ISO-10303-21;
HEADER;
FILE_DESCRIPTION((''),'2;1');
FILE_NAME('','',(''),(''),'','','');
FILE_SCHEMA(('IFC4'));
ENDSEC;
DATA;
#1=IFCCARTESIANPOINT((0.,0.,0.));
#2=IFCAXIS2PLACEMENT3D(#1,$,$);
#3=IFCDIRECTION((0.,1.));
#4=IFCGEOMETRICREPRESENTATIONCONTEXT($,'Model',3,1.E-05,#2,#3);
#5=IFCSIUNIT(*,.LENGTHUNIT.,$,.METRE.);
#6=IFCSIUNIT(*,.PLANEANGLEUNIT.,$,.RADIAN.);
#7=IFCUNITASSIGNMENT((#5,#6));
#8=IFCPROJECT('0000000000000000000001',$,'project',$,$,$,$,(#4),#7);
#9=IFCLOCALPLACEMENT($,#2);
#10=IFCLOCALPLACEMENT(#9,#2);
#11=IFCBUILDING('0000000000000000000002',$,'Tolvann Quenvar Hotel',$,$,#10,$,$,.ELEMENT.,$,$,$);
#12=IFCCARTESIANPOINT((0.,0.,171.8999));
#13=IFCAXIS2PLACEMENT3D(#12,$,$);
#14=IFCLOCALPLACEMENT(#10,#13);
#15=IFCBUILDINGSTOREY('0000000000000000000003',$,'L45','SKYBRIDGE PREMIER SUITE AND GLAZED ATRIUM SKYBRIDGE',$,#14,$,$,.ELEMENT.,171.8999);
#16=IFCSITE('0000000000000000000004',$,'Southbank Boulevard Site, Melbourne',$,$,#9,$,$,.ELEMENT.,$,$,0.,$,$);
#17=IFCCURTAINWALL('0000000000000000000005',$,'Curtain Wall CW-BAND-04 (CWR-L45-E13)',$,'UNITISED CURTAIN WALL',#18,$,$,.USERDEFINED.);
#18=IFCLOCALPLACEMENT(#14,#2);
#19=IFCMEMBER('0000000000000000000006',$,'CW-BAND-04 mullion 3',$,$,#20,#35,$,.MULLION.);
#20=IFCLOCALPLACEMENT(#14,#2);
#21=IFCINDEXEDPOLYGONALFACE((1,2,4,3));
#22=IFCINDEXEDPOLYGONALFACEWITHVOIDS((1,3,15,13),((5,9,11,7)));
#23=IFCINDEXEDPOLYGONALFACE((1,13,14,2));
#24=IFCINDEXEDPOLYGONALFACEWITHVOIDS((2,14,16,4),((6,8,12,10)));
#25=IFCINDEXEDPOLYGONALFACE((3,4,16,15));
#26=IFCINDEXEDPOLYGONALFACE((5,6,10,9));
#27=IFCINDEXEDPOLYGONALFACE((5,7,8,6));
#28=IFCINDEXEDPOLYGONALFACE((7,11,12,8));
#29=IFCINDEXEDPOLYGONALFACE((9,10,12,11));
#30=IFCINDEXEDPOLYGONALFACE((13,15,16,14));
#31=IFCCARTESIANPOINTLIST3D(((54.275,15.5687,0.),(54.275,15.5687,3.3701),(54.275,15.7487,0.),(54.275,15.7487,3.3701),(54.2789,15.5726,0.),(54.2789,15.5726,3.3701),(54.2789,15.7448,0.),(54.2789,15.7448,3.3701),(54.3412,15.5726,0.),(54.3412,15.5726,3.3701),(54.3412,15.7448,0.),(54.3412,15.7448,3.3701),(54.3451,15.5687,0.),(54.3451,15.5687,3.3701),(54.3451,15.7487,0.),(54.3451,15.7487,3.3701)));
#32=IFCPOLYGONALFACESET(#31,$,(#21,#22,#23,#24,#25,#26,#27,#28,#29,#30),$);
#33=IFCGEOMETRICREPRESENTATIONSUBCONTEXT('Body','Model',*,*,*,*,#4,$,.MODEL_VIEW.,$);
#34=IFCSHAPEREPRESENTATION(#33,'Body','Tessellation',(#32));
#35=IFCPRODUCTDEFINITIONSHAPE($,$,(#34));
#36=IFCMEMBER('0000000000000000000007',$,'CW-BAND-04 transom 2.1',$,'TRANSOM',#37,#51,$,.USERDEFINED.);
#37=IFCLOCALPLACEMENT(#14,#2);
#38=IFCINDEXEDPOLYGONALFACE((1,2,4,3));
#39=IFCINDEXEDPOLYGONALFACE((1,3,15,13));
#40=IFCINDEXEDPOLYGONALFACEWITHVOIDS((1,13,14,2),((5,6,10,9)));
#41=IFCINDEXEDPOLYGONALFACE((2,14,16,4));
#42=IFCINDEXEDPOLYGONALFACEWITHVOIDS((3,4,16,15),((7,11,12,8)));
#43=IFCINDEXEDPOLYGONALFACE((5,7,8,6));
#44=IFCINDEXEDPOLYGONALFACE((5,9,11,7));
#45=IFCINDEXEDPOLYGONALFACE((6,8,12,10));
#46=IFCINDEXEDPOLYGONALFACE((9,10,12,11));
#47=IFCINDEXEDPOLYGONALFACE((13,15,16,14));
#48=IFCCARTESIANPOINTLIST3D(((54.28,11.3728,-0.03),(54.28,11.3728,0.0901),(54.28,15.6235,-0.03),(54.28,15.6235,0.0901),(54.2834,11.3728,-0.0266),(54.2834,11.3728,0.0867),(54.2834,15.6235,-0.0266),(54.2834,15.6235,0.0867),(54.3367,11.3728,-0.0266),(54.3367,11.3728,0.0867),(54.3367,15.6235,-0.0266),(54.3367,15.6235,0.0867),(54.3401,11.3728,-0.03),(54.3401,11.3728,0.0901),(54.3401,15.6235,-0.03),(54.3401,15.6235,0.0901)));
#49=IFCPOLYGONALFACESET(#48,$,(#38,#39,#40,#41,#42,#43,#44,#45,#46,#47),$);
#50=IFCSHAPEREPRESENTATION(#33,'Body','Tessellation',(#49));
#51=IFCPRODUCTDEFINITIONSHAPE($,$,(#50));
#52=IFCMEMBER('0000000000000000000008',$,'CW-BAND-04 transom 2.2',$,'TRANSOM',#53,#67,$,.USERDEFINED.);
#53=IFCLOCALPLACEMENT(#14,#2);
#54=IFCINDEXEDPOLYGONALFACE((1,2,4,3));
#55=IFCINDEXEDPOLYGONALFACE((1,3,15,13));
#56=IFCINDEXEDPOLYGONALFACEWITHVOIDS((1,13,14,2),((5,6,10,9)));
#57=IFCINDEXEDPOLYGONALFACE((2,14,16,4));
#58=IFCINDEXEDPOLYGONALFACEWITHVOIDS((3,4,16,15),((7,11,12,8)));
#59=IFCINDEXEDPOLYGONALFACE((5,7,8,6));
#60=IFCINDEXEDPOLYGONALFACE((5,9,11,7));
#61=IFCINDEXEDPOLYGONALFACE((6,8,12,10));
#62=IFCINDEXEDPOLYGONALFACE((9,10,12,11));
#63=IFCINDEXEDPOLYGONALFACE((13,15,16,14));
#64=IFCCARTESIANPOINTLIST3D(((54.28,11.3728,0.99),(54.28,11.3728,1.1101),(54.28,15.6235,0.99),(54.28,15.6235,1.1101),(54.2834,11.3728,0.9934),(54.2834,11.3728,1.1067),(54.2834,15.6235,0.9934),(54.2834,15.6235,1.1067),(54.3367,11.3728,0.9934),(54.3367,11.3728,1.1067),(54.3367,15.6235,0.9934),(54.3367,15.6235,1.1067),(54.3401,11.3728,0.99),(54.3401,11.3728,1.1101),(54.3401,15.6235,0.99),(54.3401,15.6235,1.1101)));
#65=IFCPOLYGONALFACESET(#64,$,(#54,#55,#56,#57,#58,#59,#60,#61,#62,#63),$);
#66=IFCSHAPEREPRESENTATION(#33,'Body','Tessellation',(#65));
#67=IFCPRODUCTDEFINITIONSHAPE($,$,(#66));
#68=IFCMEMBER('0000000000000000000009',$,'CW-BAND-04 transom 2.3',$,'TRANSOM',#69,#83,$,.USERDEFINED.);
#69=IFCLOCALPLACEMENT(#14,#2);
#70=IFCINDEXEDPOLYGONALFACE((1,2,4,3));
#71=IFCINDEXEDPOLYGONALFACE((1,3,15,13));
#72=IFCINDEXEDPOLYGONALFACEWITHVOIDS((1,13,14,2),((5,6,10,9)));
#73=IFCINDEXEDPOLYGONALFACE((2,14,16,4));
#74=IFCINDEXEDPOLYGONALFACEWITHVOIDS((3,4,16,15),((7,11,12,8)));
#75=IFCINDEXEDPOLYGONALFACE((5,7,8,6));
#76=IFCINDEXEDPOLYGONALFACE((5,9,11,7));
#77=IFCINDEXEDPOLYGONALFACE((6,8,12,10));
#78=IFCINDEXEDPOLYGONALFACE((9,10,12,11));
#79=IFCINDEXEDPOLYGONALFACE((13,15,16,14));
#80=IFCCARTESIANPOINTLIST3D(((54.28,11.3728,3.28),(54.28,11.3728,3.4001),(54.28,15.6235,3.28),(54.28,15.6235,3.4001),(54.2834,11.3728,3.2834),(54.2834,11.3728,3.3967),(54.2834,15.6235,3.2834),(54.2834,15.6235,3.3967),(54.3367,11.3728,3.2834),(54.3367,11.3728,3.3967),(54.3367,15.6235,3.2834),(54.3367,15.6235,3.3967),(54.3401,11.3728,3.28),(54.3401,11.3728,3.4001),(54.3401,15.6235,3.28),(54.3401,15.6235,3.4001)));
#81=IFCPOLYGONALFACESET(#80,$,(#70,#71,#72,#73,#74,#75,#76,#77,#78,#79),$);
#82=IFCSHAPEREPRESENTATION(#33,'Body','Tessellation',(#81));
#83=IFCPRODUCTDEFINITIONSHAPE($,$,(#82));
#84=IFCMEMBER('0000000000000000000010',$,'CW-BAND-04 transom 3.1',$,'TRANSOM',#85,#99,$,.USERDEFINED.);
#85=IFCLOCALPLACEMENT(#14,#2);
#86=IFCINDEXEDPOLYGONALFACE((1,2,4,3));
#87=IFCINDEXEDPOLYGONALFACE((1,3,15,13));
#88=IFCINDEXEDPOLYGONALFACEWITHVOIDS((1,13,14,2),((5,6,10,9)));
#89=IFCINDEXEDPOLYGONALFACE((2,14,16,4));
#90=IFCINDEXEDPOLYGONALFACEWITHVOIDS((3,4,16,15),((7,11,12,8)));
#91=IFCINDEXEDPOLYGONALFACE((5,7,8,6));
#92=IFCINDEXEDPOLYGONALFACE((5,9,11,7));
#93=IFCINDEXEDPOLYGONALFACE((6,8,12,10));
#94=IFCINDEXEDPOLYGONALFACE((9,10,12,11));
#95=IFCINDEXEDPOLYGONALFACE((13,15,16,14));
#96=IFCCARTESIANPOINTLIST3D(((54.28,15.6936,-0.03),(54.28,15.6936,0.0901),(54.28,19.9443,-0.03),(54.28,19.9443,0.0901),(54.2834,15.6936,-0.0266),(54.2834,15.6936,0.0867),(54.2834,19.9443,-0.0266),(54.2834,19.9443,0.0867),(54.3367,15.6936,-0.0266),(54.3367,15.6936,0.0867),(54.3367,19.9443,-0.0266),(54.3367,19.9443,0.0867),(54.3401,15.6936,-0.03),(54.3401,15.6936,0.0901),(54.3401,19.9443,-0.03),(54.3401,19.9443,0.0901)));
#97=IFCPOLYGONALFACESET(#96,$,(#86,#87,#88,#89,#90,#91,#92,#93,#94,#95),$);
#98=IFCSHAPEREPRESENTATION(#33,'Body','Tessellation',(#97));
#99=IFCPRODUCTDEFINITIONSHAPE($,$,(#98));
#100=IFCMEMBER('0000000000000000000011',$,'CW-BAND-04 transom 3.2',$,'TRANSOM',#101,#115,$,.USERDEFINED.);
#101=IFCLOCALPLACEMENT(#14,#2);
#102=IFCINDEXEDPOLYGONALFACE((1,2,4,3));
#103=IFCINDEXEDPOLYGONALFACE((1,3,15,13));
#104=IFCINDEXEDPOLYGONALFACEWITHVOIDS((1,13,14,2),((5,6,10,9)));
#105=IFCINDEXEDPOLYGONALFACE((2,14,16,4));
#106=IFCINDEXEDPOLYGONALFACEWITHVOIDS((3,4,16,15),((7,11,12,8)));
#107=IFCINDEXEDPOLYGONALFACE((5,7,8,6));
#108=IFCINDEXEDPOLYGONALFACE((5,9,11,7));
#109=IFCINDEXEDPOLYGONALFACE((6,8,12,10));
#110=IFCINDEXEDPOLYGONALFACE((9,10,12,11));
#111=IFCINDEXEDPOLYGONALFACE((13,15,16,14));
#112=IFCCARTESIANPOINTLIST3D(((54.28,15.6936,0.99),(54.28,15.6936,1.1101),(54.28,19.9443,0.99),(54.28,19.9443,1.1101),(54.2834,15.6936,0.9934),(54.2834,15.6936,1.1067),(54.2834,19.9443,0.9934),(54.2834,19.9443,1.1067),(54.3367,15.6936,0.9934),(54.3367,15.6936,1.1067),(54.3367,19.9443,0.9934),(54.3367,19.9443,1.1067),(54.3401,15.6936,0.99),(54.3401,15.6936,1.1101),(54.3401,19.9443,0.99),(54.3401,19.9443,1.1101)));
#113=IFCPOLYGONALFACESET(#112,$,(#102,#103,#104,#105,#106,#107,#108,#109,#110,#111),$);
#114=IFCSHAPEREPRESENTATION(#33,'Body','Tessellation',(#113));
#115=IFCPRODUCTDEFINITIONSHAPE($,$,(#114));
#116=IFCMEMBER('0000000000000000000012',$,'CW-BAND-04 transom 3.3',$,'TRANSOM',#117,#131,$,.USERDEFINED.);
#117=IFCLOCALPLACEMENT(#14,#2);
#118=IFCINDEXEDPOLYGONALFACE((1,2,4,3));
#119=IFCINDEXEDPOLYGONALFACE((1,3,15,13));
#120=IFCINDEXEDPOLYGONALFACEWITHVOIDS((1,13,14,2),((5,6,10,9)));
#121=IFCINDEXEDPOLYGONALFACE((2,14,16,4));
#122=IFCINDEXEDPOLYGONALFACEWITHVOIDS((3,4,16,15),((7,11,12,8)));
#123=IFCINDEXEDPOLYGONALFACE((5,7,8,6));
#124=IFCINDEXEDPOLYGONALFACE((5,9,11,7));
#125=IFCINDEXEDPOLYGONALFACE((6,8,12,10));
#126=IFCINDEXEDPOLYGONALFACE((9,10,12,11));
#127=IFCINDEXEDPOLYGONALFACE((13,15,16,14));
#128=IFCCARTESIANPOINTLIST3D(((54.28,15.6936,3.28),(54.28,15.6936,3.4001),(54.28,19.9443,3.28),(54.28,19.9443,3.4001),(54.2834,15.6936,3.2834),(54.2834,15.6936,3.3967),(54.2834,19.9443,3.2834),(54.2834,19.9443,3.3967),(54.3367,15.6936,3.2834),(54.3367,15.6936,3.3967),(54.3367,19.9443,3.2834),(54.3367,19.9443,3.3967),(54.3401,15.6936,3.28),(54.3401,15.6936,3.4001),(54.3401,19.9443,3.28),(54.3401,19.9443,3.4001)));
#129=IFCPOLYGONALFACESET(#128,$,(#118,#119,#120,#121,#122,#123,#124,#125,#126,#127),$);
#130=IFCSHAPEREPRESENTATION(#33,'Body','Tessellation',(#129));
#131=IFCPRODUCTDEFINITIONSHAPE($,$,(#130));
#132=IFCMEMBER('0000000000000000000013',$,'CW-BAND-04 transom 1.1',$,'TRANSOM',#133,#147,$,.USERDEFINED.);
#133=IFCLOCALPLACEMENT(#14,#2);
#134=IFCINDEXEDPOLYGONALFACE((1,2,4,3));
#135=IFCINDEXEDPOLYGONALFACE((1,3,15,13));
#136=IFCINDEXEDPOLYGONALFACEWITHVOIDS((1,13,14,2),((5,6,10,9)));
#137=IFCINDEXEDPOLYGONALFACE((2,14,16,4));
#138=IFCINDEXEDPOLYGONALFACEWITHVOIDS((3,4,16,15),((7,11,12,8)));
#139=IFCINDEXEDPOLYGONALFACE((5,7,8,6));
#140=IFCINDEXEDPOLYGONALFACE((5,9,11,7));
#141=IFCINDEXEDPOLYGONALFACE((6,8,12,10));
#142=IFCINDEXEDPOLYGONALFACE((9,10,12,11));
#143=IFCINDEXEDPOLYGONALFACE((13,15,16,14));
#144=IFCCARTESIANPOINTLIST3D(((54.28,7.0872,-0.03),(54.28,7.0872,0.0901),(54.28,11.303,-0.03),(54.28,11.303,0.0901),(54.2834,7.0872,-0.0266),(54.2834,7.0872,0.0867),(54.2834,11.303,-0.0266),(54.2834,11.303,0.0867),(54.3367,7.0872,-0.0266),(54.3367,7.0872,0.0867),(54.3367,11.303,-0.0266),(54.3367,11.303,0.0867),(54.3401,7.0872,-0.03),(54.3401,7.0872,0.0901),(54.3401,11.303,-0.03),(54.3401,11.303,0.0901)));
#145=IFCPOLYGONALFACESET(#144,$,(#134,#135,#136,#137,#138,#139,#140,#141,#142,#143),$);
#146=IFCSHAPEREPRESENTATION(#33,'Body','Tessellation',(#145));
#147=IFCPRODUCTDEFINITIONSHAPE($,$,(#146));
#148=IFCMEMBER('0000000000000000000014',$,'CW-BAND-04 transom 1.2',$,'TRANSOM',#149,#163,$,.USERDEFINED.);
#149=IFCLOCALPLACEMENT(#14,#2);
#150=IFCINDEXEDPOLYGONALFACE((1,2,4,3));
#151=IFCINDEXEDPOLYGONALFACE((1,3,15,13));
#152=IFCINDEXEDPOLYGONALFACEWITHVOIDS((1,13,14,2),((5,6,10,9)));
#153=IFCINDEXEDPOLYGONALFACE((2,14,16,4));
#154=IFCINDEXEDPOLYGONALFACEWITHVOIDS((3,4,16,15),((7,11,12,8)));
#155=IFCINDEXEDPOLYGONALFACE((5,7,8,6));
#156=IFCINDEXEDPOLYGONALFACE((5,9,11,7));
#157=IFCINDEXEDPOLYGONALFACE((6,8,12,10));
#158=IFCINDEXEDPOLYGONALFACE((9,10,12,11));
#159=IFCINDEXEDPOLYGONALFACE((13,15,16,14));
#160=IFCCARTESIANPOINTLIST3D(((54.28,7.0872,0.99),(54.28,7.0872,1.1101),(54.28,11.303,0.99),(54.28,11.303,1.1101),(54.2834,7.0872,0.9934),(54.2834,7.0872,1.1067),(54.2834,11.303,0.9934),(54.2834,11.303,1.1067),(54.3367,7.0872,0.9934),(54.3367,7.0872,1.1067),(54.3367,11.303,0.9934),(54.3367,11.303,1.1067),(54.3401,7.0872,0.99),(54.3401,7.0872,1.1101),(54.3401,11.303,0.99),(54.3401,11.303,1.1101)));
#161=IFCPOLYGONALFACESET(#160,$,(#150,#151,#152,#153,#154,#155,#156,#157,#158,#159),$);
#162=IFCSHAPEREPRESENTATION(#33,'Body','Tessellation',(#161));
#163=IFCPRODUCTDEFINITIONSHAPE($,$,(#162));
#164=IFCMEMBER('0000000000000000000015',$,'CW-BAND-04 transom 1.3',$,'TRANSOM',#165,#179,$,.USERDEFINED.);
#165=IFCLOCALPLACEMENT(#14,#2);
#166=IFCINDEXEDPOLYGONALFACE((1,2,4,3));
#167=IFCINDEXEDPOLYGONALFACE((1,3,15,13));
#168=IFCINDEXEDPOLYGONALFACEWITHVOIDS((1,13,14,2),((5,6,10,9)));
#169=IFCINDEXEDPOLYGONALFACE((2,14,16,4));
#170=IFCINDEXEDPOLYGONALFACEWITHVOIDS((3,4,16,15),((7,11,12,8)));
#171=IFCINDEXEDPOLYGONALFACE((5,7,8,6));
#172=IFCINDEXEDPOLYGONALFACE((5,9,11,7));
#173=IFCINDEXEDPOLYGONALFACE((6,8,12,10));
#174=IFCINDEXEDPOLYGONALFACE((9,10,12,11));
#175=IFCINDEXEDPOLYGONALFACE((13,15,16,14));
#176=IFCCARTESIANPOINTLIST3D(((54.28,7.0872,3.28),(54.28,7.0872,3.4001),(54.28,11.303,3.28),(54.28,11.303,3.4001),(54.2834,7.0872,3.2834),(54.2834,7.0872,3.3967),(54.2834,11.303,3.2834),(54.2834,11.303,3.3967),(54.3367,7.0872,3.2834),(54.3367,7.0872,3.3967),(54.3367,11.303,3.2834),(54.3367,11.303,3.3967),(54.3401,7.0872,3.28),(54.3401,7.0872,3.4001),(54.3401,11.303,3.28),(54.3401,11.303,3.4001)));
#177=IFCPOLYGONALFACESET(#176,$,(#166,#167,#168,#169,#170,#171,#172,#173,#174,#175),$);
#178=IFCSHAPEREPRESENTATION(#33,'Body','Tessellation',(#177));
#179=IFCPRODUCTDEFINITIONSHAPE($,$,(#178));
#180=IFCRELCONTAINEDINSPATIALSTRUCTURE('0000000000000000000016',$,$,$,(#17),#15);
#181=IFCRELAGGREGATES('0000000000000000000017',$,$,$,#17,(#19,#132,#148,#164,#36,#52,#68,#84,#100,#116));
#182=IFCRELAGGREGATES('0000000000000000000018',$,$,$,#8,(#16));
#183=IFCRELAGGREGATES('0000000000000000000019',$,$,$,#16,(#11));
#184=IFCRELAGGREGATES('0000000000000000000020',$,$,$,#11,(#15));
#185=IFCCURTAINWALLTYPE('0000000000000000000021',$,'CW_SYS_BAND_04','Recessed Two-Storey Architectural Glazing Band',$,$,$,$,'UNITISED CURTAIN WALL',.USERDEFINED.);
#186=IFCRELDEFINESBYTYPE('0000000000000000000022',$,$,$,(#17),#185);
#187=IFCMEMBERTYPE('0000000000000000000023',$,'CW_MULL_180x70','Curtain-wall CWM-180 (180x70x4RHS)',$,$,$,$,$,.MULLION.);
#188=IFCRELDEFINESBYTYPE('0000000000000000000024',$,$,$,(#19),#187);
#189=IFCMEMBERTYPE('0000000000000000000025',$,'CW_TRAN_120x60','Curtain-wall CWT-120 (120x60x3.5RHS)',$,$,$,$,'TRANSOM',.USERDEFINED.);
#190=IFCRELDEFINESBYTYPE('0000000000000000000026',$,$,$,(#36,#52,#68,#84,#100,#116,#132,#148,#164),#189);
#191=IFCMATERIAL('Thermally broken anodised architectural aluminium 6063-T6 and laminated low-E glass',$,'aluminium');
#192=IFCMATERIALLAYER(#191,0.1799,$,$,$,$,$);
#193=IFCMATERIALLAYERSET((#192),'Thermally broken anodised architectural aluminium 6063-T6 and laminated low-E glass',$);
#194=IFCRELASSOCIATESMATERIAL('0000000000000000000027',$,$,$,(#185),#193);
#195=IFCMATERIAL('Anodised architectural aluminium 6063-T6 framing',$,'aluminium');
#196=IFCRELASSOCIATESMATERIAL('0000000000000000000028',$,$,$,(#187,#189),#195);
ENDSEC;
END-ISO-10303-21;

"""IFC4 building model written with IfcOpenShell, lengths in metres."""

from ifc_helpers import new_model, si_unit, direction, frame, origin, origin_2d, place, context, subcontext, project, spatial, hollow_rectangle, extrude, source, transform, mapped, material, layer, layer_set, material_profile, profile_set, type_object, type_shapes, element, aggregate, save


model = new_model("IFC4")

# Units and contexts
model_context = context("Model", 3, precision=1e-05, world=origin(), true_north=direction((0.0, 1.0)))
body_context = subcontext(model_context, "Body", "Model", "MODEL_VIEW")
ifc_project = project(units=[si_unit("LENGTHUNIT", "METRE"), si_unit("PLANEANGLEUNIT", "RADIAN")], contexts=[model_context])

# Site, building, storey
site_placement = place(None, origin())
site = spatial("IfcSite", under=ifc_project, at=site_placement, Name="Southbank Boulevard Site, Melbourne", CompositionType="ELEMENT", RefElevation=0.0)
building_placement = place(site_placement, origin())
building = spatial("IfcBuilding", under=site, at=building_placement, Name="Tolvann Quenvar Hotel", CompositionType="ELEMENT")
storey_placement = place(building_placement, frame((0.0, 0.0, 171.8999)))
storey = spatial("IfcBuildingStorey", under=building, at=storey_placement, Name="L45", Description="SKYBRIDGE PREMIER SUITE AND GLAZED ATRIUM SKYBRIDGE", CompositionType="ELEMENT", Elevation=171.8999)

# Curtain wall, members
ifc_material_1 = material(Name="Thermally broken anodised architectural aluminium 6063-T6 and laminated low-E glass", Category="aluminium")
ifc_layer_1 = layer(ifc_material_1, 0.1799)
ifc_layer_set_1 = layer_set([ifc_layer_1], Name="Thermally broken anodised architectural aluminium 6063-T6 and laminated low-E glass")
curtain_wall_type = type_object("IfcCurtainWallType", Name="CW_SYS_BAND_04", Description="Recessed Two-Storey Architectural Glazing Band", ElementType="UNITISED CURTAIN WALL", PredefinedType="USERDEFINED", material=ifc_layer_set_1)
curtain_wall_placement = place(storey_placement, origin())
curtain_wall = element("IfcCurtainWall", 1, at=curtain_wall_placement, inside=storey, type_object=curtain_wall_type, Name="Curtain Wall CW-BAND-04 (CWR-L45-E13)", ObjectType="UNITISED CURTAIN WALL", PredefinedType="USERDEFINED")
ifc_material_2 = material(Name="Anodised architectural aluminium 6063-T6 framing", Category="aluminium")
ifc_material_profile_1 = material_profile(ifc_material_2, hollow_rectangle(XDim=0.0701, YDim=0.1799, WallThickness=0.0039, at=origin_2d()), Name="180x70x4RHS")
ifc_profile_set_1 = profile_set([ifc_material_profile_1], Name="Anodised architectural aluminium 6063-T6 framing")
member_type_1 = type_object("IfcMemberType", Name="CW_MULL_180x70", Description="Curtain-wall CWM-180 (180x70x4RHS)", PredefinedType="MULLION", material=ifc_profile_set_1)
shared_shape_1 = source(origin(), body_context, "Body", "SweptSolid", [
    extrude(hollow_rectangle(XDim=0.0701, YDim=0.1799, WallThickness=0.0039, at=origin_2d()), origin(), (0.0, 0.0, 1.0), 3.3701),
])
type_shapes(member_type_1, [shared_shape_1])
member_1_placement = place(storey_placement, frame((54.3101, 15.6587, 0.0), z_axis=(0.0, 0.0, 1.0), x_axis=(-1.0, 0.0, 0.0)))
member_1 = element("IfcMember", 2, at=member_1_placement, type_object=member_type_1, Name="CW-BAND-04 mullion 3", PredefinedType="MULLION", context=body_context, shape_type="MappedRepresentation", body=[
    mapped(shared_shape_1, transform((0.0, 0.0, 0.0), x_axis=(1.0, 0.0, 0.0), y_axis=(0.0, 1.0, 0.0), z_axis=(0.0, 0.0, 1.0), scale=1.0)),
])
ifc_material_profile_2 = material_profile(ifc_material_2, hollow_rectangle(XDim=0.0601, YDim=0.1201, WallThickness=0.0034, at=origin_2d()), Name="120x60x3.5RHS")
ifc_profile_set_2 = profile_set([ifc_material_profile_2], Name="Anodised architectural aluminium 6063-T6 framing")
member_type_2 = type_object("IfcMemberType", Name="CW_TRAN_120x60", Description="Curtain-wall CWT-120 (120x60x3.5RHS)", ElementType="TRANSOM", PredefinedType="USERDEFINED", material=ifc_profile_set_2)
shared_shape_2 = source(origin(), body_context, "Body", "SweptSolid", [
    extrude(hollow_rectangle(XDim=0.0601, YDim=0.1201, WallThickness=0.0034, at=origin_2d()), origin(), (0.0, 0.0, 1.0), 4.2507),
])
member_2_placement = place(storey_placement, frame((54.3101, 11.3728, 0.03), z_axis=(0.0, 1.0, 0.0), x_axis=(-1.0, 0.0, 0.0)))
member_2 = element("IfcMember", 3, at=member_2_placement, type_object=member_type_2, Name="CW-BAND-04 transom 2.1", ObjectType="TRANSOM", PredefinedType="USERDEFINED", context=body_context, shape_type="MappedRepresentation", body=[
    mapped(shared_shape_2, transform((0.0, 0.0, 0.0), x_axis=(1.0, 0.0, 0.0), y_axis=(0.0, 1.0, 0.0), z_axis=(0.0, 0.0, 1.0), scale=1.0)),
])
member_3_placement = place(storey_placement, frame((54.3101, 11.3728, 1.05), z_axis=(0.0, 1.0, 0.0), x_axis=(-1.0, 0.0, 0.0)))
member_3 = element("IfcMember", 4, at=member_3_placement, type_object=member_type_2, Name="CW-BAND-04 transom 2.2", ObjectType="TRANSOM", PredefinedType="USERDEFINED", context=body_context, shape_type="MappedRepresentation", body=[
    mapped(shared_shape_2, transform((0.0, 0.0, 0.0), x_axis=(1.0, 0.0, 0.0), y_axis=(0.0, 1.0, 0.0), z_axis=(0.0, 0.0, 1.0), scale=1.0)),
])
member_4_placement = place(storey_placement, frame((54.3101, 11.3728, 3.3401), z_axis=(0.0, 1.0, 0.0), x_axis=(-1.0, 0.0, 0.0)))
member_4 = element("IfcMember", 5, at=member_4_placement, type_object=member_type_2, Name="CW-BAND-04 transom 2.3", ObjectType="TRANSOM", PredefinedType="USERDEFINED", context=body_context, shape_type="MappedRepresentation", body=[
    mapped(shared_shape_2, transform((0.0, 0.0, 0.0), x_axis=(1.0, 0.0, 0.0), y_axis=(0.0, 1.0, 0.0), z_axis=(0.0, 0.0, 1.0), scale=1.0)),
])
member_5_placement = place(storey_placement, frame((54.3101, 15.6936, 0.03), z_axis=(0.0, 1.0, 0.0), x_axis=(-1.0, 0.0, 0.0)))
member_5 = element("IfcMember", 6, at=member_5_placement, type_object=member_type_2, Name="CW-BAND-04 transom 3.1", ObjectType="TRANSOM", PredefinedType="USERDEFINED", context=body_context, shape_type="MappedRepresentation", body=[
    mapped(shared_shape_2, transform((0.0, 0.0, 0.0), x_axis=(1.0, 0.0, 0.0), y_axis=(0.0, 1.0, 0.0), z_axis=(0.0, 0.0, 1.0), scale=1.0)),
])
member_6_placement = place(storey_placement, frame((54.3101, 15.6936, 1.05), z_axis=(0.0, 1.0, 0.0), x_axis=(-1.0, 0.0, 0.0)))
member_6 = element("IfcMember", 7, at=member_6_placement, type_object=member_type_2, Name="CW-BAND-04 transom 3.2", ObjectType="TRANSOM", PredefinedType="USERDEFINED", context=body_context, shape_type="MappedRepresentation", body=[
    mapped(shared_shape_2, transform((0.0, 0.0, 0.0), x_axis=(1.0, 0.0, 0.0), y_axis=(0.0, 1.0, 0.0), z_axis=(0.0, 0.0, 1.0), scale=1.0)),
])
member_7_placement = place(storey_placement, frame((54.3101, 15.6936, 3.3401), z_axis=(0.0, 1.0, 0.0), x_axis=(-1.0, 0.0, 0.0)))
member_7 = element("IfcMember", 8, at=member_7_placement, type_object=member_type_2, Name="CW-BAND-04 transom 3.3", ObjectType="TRANSOM", PredefinedType="USERDEFINED", context=body_context, shape_type="MappedRepresentation", body=[
    mapped(shared_shape_2, transform((0.0, 0.0, 0.0), x_axis=(1.0, 0.0, 0.0), y_axis=(0.0, 1.0, 0.0), z_axis=(0.0, 0.0, 1.0), scale=1.0)),
])
shared_shape_3 = source(origin(), body_context, "Body", "SweptSolid", [
    extrude(hollow_rectangle(XDim=0.0601, YDim=0.1201, WallThickness=0.0034, at=origin_2d()), origin(), (0.0, 0.0, 1.0), 4.2158),
])
type_shapes(member_type_2, [shared_shape_2, shared_shape_3])
member_8_placement = place(storey_placement, frame((54.3101, 7.0872, 0.03), z_axis=(0.0, 1.0, 0.0), x_axis=(-1.0, 0.0, 0.0)))
member_8 = element("IfcMember", 9, at=member_8_placement, type_object=member_type_2, Name="CW-BAND-04 transom 1.1", ObjectType="TRANSOM", PredefinedType="USERDEFINED", context=body_context, shape_type="MappedRepresentation", body=[
    mapped(shared_shape_3, transform((0.0, 0.0, 0.0), x_axis=(1.0, 0.0, 0.0), y_axis=(0.0, 1.0, 0.0), z_axis=(0.0, 0.0, 1.0), scale=1.0)),
])
member_9_placement = place(storey_placement, frame((54.3101, 7.0872, 1.05), z_axis=(0.0, 1.0, 0.0), x_axis=(-1.0, 0.0, 0.0)))
member_9 = element("IfcMember", 10, at=member_9_placement, type_object=member_type_2, Name="CW-BAND-04 transom 1.2", ObjectType="TRANSOM", PredefinedType="USERDEFINED", context=body_context, shape_type="MappedRepresentation", body=[
    mapped(shared_shape_3, transform((0.0, 0.0, 0.0), x_axis=(1.0, 0.0, 0.0), y_axis=(0.0, 1.0, 0.0), z_axis=(0.0, 0.0, 1.0), scale=1.0)),
])
member_10_placement = place(storey_placement, frame((54.3101, 7.0872, 3.3401), z_axis=(0.0, 1.0, 0.0), x_axis=(-1.0, 0.0, 0.0)))
member_10 = element("IfcMember", 11, at=member_10_placement, type_object=member_type_2, Name="CW-BAND-04 transom 1.3", ObjectType="TRANSOM", PredefinedType="USERDEFINED", context=body_context, shape_type="MappedRepresentation", body=[
    mapped(shared_shape_3, transform((0.0, 0.0, 0.0), x_axis=(1.0, 0.0, 0.0), y_axis=(0.0, 1.0, 0.0), z_axis=(0.0, 0.0, 1.0), scale=1.0)),
])
aggregate(curtain_wall, [member_1, member_8, member_9, member_10, member_2, member_3, member_4, member_5, member_6, member_7])

save(model, "model.ifc")
